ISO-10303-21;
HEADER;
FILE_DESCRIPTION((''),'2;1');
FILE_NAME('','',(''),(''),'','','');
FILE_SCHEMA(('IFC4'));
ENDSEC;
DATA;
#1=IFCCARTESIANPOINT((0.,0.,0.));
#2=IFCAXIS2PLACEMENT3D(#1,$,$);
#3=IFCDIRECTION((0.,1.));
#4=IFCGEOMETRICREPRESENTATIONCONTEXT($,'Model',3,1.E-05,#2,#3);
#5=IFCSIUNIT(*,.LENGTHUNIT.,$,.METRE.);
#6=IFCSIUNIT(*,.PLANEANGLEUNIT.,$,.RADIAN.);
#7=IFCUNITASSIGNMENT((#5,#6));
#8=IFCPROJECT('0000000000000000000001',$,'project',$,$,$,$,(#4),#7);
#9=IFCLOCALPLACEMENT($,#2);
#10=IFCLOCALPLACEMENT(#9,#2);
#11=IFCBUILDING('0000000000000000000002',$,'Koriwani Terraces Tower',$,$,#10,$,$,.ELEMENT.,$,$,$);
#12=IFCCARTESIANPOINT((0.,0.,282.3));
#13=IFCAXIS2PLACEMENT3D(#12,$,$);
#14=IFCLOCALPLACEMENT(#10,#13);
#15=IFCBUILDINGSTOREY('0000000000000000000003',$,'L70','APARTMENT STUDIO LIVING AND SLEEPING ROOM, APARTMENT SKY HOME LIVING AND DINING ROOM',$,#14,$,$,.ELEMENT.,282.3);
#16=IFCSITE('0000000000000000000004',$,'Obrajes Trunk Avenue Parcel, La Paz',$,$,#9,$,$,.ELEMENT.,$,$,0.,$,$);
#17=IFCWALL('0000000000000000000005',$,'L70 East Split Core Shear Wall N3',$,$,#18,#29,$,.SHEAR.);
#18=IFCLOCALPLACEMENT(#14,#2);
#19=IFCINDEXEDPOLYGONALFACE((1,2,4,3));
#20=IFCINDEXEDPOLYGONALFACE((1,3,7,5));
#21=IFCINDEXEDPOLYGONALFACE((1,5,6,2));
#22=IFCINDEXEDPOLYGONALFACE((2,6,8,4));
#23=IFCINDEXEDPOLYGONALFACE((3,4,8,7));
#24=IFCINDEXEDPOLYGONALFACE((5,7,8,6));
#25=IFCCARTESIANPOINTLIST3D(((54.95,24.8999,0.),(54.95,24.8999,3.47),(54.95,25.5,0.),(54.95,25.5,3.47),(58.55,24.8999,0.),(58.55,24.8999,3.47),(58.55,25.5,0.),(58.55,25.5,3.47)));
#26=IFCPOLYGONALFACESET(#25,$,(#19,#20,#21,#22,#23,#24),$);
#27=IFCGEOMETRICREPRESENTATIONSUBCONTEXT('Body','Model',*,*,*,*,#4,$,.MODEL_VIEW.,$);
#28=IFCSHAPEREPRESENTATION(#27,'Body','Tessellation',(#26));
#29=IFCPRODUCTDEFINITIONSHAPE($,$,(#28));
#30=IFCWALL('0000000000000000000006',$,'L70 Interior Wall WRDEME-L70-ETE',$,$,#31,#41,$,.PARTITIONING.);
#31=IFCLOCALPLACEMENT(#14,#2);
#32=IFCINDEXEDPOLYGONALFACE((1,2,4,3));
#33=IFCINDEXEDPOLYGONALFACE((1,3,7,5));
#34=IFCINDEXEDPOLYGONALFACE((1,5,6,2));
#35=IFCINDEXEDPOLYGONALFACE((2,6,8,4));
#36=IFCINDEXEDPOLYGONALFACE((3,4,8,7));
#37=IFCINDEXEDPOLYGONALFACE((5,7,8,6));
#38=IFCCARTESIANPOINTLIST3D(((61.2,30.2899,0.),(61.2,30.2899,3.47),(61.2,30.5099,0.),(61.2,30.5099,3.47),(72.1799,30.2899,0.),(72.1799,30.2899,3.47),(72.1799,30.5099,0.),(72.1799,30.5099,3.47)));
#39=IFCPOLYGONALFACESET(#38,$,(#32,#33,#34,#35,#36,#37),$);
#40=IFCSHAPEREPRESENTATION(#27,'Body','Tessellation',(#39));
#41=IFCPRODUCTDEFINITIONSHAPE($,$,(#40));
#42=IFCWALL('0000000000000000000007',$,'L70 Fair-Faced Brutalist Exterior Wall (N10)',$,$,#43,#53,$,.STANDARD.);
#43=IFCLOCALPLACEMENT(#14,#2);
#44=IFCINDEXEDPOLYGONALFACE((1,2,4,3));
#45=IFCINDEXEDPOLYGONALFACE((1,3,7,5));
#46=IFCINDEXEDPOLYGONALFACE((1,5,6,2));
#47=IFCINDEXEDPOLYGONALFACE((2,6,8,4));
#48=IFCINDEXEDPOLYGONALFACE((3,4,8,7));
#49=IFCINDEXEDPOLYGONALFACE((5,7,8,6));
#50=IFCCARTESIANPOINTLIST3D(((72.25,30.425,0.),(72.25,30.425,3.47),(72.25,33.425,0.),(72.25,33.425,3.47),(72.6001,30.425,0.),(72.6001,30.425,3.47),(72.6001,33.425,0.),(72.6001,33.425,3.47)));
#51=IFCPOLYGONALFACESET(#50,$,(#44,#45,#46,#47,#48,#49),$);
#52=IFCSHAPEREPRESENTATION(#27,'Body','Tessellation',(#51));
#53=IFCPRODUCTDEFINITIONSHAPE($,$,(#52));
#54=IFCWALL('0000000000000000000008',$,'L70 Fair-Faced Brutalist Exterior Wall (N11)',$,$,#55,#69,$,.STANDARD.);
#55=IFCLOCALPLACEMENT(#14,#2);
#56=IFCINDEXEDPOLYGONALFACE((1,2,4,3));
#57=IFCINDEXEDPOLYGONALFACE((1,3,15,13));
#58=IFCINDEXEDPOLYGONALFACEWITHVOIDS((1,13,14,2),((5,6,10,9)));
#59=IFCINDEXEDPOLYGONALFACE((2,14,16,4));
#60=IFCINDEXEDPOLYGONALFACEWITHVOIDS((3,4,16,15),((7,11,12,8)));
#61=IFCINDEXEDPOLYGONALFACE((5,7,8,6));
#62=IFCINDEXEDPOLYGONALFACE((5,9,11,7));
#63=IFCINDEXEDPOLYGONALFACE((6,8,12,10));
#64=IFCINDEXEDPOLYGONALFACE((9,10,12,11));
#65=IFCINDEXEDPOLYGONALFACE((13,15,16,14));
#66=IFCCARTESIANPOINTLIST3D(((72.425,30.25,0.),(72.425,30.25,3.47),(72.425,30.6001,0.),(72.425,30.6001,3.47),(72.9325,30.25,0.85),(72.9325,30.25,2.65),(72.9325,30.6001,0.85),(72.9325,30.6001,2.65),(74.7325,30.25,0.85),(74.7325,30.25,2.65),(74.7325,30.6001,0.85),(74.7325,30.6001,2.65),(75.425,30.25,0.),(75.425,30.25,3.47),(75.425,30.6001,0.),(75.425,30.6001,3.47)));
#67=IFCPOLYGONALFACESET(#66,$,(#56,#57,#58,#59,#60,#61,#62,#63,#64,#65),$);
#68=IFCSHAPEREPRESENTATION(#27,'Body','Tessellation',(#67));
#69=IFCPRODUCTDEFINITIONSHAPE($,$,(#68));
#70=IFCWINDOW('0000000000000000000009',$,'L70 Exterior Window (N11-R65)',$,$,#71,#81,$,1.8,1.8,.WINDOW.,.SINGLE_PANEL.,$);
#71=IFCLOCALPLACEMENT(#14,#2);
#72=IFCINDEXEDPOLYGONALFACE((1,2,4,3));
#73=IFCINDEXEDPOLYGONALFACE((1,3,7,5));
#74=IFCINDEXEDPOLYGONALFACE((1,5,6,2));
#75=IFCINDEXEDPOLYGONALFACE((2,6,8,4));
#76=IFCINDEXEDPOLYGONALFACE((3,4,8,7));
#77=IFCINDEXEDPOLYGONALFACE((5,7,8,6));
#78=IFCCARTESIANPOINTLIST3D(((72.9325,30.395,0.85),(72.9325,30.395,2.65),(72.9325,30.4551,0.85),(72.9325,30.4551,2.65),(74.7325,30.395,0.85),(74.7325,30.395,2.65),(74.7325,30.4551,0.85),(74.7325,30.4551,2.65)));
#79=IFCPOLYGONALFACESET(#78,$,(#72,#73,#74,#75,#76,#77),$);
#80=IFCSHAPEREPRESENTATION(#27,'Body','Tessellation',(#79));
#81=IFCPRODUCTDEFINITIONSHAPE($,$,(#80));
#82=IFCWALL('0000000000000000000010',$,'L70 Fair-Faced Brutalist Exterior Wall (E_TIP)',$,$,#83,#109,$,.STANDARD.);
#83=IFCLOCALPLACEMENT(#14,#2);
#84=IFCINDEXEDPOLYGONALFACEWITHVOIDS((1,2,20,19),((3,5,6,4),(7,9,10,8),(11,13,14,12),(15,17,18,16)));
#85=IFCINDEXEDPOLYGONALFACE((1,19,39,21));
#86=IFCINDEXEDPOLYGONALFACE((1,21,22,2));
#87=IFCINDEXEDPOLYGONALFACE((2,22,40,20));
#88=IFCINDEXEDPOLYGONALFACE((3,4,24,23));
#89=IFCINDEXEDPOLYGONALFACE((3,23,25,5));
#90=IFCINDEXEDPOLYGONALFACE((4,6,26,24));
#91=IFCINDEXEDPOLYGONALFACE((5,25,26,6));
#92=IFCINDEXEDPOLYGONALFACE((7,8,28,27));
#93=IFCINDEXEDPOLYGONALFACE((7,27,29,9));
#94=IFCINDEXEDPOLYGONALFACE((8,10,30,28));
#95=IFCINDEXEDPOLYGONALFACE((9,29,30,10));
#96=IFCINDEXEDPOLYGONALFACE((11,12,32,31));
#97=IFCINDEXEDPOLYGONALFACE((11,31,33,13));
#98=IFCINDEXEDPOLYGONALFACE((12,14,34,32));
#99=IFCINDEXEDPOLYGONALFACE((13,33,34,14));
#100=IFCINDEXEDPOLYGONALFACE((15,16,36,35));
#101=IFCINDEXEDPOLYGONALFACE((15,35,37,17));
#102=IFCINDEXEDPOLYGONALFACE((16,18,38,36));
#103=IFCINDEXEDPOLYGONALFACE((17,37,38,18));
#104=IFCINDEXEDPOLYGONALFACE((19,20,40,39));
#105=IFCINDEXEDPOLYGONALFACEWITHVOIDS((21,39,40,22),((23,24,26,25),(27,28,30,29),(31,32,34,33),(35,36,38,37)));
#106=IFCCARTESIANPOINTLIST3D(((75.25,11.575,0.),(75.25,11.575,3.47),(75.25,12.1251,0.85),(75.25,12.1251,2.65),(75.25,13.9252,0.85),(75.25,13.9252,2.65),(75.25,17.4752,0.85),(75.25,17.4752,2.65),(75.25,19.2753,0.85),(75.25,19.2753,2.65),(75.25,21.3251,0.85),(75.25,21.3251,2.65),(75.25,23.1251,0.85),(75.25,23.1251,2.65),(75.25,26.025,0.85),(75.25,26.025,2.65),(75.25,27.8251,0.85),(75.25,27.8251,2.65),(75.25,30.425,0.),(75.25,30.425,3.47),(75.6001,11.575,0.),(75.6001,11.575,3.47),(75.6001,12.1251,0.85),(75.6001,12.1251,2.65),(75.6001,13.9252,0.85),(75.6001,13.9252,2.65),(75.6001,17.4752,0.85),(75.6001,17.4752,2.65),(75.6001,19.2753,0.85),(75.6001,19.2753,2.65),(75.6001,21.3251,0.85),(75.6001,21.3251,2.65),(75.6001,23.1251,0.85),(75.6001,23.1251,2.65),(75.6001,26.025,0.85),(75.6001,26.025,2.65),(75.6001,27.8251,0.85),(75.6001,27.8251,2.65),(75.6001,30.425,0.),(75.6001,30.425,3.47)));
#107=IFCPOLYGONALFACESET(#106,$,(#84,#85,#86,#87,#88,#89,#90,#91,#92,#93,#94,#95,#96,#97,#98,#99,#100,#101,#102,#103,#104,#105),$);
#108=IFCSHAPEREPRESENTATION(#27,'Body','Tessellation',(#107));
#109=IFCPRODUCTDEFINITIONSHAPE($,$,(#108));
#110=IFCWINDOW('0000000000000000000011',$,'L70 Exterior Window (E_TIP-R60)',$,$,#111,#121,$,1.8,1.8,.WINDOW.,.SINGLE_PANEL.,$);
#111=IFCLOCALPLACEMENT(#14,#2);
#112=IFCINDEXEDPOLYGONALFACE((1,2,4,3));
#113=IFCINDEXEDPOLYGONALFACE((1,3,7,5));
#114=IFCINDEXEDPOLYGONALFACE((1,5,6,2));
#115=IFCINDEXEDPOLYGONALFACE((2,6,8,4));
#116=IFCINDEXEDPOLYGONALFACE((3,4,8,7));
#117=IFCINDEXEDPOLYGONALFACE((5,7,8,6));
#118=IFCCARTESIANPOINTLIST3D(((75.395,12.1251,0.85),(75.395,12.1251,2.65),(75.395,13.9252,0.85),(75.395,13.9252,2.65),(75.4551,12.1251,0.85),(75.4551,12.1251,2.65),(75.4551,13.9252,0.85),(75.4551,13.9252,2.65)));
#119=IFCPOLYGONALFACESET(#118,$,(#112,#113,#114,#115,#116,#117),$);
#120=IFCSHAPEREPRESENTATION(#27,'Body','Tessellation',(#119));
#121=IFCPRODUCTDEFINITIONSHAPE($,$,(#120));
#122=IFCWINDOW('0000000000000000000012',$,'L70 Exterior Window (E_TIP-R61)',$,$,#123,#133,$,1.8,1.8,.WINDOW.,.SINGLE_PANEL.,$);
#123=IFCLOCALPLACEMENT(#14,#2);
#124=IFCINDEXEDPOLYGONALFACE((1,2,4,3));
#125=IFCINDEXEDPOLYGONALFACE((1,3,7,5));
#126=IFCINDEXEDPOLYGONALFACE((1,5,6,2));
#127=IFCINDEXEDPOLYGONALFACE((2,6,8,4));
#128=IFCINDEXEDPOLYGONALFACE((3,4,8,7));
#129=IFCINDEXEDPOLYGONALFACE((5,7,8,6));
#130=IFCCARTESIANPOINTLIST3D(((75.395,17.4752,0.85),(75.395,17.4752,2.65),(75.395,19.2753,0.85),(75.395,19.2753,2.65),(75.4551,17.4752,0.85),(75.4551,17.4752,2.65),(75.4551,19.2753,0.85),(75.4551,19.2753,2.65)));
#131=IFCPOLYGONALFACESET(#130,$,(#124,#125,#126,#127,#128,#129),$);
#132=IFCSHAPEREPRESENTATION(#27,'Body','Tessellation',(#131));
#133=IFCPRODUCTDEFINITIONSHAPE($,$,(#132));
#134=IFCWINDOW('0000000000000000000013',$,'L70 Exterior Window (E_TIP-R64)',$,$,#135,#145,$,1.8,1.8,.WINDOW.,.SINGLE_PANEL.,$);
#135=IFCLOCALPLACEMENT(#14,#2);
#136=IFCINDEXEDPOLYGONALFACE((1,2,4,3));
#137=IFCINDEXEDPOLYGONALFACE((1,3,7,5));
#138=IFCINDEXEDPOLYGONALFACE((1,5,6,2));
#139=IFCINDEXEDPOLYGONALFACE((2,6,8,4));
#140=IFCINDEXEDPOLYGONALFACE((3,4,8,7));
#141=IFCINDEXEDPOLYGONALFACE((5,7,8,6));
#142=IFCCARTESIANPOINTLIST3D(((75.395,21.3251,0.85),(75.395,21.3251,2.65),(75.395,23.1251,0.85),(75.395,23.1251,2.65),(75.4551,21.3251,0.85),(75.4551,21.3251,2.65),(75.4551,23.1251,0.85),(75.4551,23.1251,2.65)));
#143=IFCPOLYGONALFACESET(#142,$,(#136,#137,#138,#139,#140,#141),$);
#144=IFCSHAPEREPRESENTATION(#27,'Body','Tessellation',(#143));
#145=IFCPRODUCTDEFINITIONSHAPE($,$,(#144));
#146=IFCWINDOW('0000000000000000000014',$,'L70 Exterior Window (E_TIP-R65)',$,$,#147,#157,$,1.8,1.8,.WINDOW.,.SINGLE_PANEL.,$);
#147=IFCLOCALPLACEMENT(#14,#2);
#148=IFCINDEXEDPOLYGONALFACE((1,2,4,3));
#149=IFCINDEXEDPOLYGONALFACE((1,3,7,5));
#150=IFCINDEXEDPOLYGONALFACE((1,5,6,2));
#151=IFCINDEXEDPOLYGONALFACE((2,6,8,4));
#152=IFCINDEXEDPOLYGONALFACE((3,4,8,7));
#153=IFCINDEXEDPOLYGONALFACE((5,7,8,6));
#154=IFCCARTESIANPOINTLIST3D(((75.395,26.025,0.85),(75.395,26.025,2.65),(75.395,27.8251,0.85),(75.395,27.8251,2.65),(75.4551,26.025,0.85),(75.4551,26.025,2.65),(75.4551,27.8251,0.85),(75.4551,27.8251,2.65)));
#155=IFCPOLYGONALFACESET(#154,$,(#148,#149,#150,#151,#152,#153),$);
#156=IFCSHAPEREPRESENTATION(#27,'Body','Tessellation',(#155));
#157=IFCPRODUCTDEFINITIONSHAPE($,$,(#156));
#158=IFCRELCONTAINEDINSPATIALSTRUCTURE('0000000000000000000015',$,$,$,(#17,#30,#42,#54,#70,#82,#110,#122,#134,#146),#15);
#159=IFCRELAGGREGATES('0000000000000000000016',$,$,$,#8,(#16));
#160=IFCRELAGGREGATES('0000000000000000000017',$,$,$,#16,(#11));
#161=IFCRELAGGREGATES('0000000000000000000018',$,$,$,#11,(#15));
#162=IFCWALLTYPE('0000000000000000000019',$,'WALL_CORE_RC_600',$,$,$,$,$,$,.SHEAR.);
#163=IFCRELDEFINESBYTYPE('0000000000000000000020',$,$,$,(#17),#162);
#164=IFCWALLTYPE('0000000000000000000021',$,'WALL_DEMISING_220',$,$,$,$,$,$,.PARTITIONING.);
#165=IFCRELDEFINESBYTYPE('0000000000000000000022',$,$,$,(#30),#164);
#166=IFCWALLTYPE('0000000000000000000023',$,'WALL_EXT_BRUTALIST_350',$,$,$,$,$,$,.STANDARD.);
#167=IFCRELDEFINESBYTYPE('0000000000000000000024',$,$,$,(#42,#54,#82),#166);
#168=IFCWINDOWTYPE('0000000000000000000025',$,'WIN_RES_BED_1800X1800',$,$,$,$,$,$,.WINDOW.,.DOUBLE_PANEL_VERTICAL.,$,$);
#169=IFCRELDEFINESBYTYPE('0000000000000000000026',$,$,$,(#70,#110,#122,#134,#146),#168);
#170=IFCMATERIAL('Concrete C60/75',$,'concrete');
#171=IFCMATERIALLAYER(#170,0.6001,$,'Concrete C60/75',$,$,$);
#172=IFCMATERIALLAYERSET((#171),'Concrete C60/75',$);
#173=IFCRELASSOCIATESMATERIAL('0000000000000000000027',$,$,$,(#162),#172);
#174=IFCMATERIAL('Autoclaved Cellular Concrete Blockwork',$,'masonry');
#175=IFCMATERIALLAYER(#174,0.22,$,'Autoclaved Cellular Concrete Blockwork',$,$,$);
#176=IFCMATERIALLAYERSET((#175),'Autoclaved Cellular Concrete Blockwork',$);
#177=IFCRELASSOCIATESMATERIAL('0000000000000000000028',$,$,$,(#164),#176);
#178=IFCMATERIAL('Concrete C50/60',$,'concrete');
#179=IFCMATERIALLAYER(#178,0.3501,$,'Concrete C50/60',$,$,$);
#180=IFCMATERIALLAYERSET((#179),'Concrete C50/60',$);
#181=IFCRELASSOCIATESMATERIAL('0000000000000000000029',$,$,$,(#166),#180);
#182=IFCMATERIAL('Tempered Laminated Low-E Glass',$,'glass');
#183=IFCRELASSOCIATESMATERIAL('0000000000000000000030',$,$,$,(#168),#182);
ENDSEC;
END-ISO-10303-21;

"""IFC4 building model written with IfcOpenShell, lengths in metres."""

from ifc_helpers import new_model, si_unit, direction, frame, frame_2d, origin, place, context, subcontext, project, spatial, rectangle, extrude, material, layer, layer_set, type_object, element, fill, save


model = new_model("IFC4")

# Units and contexts
model_context = context("Model", 3, precision=1e-05, world=origin(), true_north=direction((0.0, 1.0)))
body_context = subcontext(model_context, "Body", "Model", "MODEL_VIEW")
ifc_project = project(units=[si_unit("LENGTHUNIT", "METRE"), si_unit("PLANEANGLEUNIT", "RADIAN")], contexts=[model_context])

# Site, building, storey
site_placement = place(None, origin())
site = spatial("IfcSite", under=ifc_project, at=site_placement, Name="Obrajes Trunk Avenue Parcel, La Paz", CompositionType="ELEMENT", RefElevation=0.0)
building_placement = place(site_placement, origin())
building = spatial("IfcBuilding", under=site, at=building_placement, Name="Koriwani Terraces Tower", CompositionType="ELEMENT")
storey_placement = place(building_placement, frame((0.0, 0.0, 282.3)))
storey = spatial("IfcBuildingStorey", under=building, at=storey_placement, Name="L70", Description="APARTMENT STUDIO LIVING AND SLEEPING ROOM, APARTMENT SKY HOME LIVING AND DINING ROOM", CompositionType="ELEMENT", Elevation=282.3)

# Shared definitions
ifc_material_1 = material(Name="Concrete C50/60", Category="concrete")

# Walls
ifc_material_2 = material(Name="Concrete C60/75", Category="concrete")
ifc_layer_1 = layer(ifc_material_2, 0.6001, Name="Concrete C60/75")
ifc_layer_set_1 = layer_set([ifc_layer_1], Name="Concrete C60/75")
wall_type_1 = type_object("IfcWallType", Name="WALL_CORE_RC_600", PredefinedType="SHEAR", material=ifc_layer_set_1)
wall_1_placement = place(storey_placement, frame((54.95, 25.2, 0.0), z_axis=(0.0, 0.0, 1.0), x_axis=(1.0, 0.0, 0.0)))
element("IfcWall", 1, at=wall_1_placement, inside=storey, type_object=wall_type_1, Name="L70 East Split Core Shear Wall N3", PredefinedType="SHEAR", context=body_context, shape_type="SweptSolid", body=[
    extrude(rectangle(XDim=3.6001, YDim=0.6001, at=frame_2d((1.8, 0.0))), origin(), (0.0, 0.0, 1.0), 3.47),
])
ifc_material_3 = material(Name="Autoclaved Cellular Concrete Blockwork", Category="masonry")
ifc_layer_2 = layer(ifc_material_3, 0.22, Name="Autoclaved Cellular Concrete Blockwork")
ifc_layer_set_2 = layer_set([ifc_layer_2], Name="Autoclaved Cellular Concrete Blockwork")
wall_type_2 = type_object("IfcWallType", Name="WALL_DEMISING_220", PredefinedType="PARTITIONING", material=ifc_layer_set_2)
wall_2_placement = place(storey_placement, frame((61.2, 30.3999, 0.0), z_axis=(0.0, 0.0, 1.0), x_axis=(1.0, 0.0, 0.0)))
element("IfcWall", 2, at=wall_2_placement, inside=storey, type_object=wall_type_2, Name="L70 Interior Wall WRDEME-L70-ETE", PredefinedType="PARTITIONING", context=body_context, shape_type="SweptSolid", body=[
    extrude(rectangle(XDim=10.98, YDim=0.22, at=frame_2d((5.49, 0.0))), origin(), (0.0, 0.0, 1.0), 3.47),
])
ifc_layer_3 = layer(ifc_material_1, 0.3501, Name="Concrete C50/60")
ifc_layer_set_3 = layer_set([ifc_layer_3], Name="Concrete C50/60")
wall_type_3 = type_object("IfcWallType", Name="WALL_EXT_BRUTALIST_350", PredefinedType="STANDARD", material=ifc_layer_set_3)
wall_3_placement = place(storey_placement, frame((72.425, 33.425, 0.0), z_axis=(0.0, 0.0, 1.0), x_axis=(0.0, -1.0, 0.0)))
element("IfcWall", 3, at=wall_3_placement, inside=storey, type_object=wall_type_3, Name="L70 Fair-Faced Brutalist Exterior Wall (N10)", PredefinedType="STANDARD", context=body_context, shape_type="SweptSolid", body=[
    extrude(rectangle(XDim=3.0, YDim=0.3501, at=frame_2d((1.5, 0.0))), origin(), (0.0, 0.0, 1.0), 3.47),
])

# Wall, opening, window
wall_4_placement = place(storey_placement, frame((72.425, 30.425, 0.0), z_axis=(0.0, 0.0, 1.0), x_axis=(1.0, 0.0, 0.0)))
wall_4 = element("IfcWall", 4, at=wall_4_placement, inside=storey, type_object=wall_type_3, Name="L70 Fair-Faced Brutalist Exterior Wall (N11)", PredefinedType="STANDARD", context=body_context, shape_type="SweptSolid", body=[
    extrude(rectangle(XDim=3.0, YDim=0.3501, at=frame_2d((1.5, 0.0))), origin(), (0.0, 0.0, 1.0), 3.47),
])
opening_1_placement = place(wall_4_placement, frame((0.5076, 0.0, 0.8501)))
opening_1 = element("IfcOpeningElement", 5, at=opening_1_placement, cuts=wall_4, PredefinedType="OPENING", context=body_context, shape_type="SweptSolid", body=[
    extrude(rectangle(XDim=1.8, YDim=1.8, at=frame_2d((0.8999, 0.8999))), frame((0.0, 0.1851, 0.0), z_axis=(0.0, -1.0, 0.0), x_axis=(1.0, 0.0, 0.0)), (0.0, 0.0, 1.0), 0.3701),
])
ifc_material_4 = material(Name="Tempered Laminated Low-E Glass", Category="glass")
window_type = type_object("IfcWindowType", Name="WIN_RES_BED_1800X1800", PartitioningType="DOUBLE_PANEL_VERTICAL", PredefinedType="WINDOW", material=ifc_material_4)
window_1_placement = place(opening_1_placement, origin())
window_1 = element("IfcWindow", 6, at=window_1_placement, inside=storey, type_object=window_type, Name="L70 Exterior Window (N11-R65)", OverallHeight=1.8, OverallWidth=1.8, PartitioningType="SINGLE_PANEL", PredefinedType="WINDOW", context=body_context, shape_type="SweptSolid", body=[
    extrude(rectangle(XDim=1.8, YDim=1.8, at=frame_2d((0.8999, 0.8999))), frame((0.0, 0.03, 0.0), z_axis=(0.0, -1.0, 0.0), x_axis=(1.0, 0.0, 0.0)), (0.0, 0.0, 1.0), 0.0601),
])
fill(opening_1, window_1)

# Wall, openings, windows
wall_5_placement = place(storey_placement, frame((75.425, 30.425, 0.0), z_axis=(0.0, 0.0, 1.0), x_axis=(0.0, -1.0, 0.0)))
wall_5 = element("IfcWall", 7, at=wall_5_placement, inside=storey, type_object=wall_type_3, Name="L70 Fair-Faced Brutalist Exterior Wall (E_TIP)", PredefinedType="STANDARD", context=body_context, shape_type="SweptSolid", body=[
    extrude(rectangle(XDim=18.8501, YDim=0.3501, at=frame_2d((9.425, 0.0))), origin(), (0.0, 0.0, 1.0), 3.47),
])
opening_2_placement = place(wall_5_placement, frame((16.5, 0.0, 0.8501)))
opening_2 = element("IfcOpeningElement", 8, at=opening_2_placement, cuts=wall_5, PredefinedType="OPENING", context=body_context, shape_type="SweptSolid", body=[
    extrude(rectangle(XDim=1.8, YDim=1.8, at=frame_2d((0.8999, 0.8999))), frame((0.0, 0.1851, 0.0), z_axis=(0.0, -1.0, 0.0), x_axis=(1.0, 0.0, 0.0)), (0.0, 0.0, 1.0), 0.3701),
])
opening_3_placement = place(wall_5_placement, frame((11.1499, 0.0, 0.8501)))
opening_3 = element("IfcOpeningElement", 9, at=opening_3_placement, cuts=wall_5, PredefinedType="OPENING", context=body_context, shape_type="SweptSolid", body=[
    extrude(rectangle(XDim=1.8, YDim=1.8, at=frame_2d((0.8999, 0.8999))), frame((0.0, 0.1851, 0.0), z_axis=(0.0, -1.0, 0.0), x_axis=(1.0, 0.0, 0.0)), (0.0, 0.0, 1.0), 0.3701),
])
opening_4_placement = place(wall_5_placement, frame((7.3, 0.0, 0.8501)))
opening_4 = element("IfcOpeningElement", 10, at=opening_4_placement, cuts=wall_5, PredefinedType="OPENING", context=body_context, shape_type="SweptSolid", body=[
    extrude(rectangle(XDim=1.8, YDim=1.8, at=frame_2d((0.8999, 0.8999))), frame((0.0, 0.1851, 0.0), z_axis=(0.0, -1.0, 0.0), x_axis=(1.0, 0.0, 0.0)), (0.0, 0.0, 1.0), 0.3701),
])
opening_5_placement = place(wall_5_placement, frame((2.6001, 0.0, 0.8501)))
opening_5 = element("IfcOpeningElement", 11, at=opening_5_placement, cuts=wall_5, PredefinedType="OPENING", context=body_context, shape_type="SweptSolid", body=[
    extrude(rectangle(XDim=1.8, YDim=1.8, at=frame_2d((0.8999, 0.8999))), frame((0.0, 0.1851, 0.0), z_axis=(0.0, -1.0, 0.0), x_axis=(1.0, 0.0, 0.0)), (0.0, 0.0, 1.0), 0.3701),
])
window_2_placement = place(opening_2_placement, origin())
window_2 = element("IfcWindow", 12, at=window_2_placement, inside=storey, type_object=window_type, Name="L70 Exterior Window (E_TIP-R60)", OverallHeight=1.8, OverallWidth=1.8, PartitioningType="SINGLE_PANEL", PredefinedType="WINDOW", context=body_context, shape_type="SweptSolid", body=[
    extrude(rectangle(XDim=1.8, YDim=1.8, at=frame_2d((0.8999, 0.8999))), frame((0.0, 0.03, 0.0), z_axis=(0.0, -1.0, 0.0), x_axis=(1.0, 0.0, 0.0)), (0.0, 0.0, 1.0), 0.0601),
])
fill(opening_2, window_2)
window_3_placement = place(opening_3_placement, origin())
window_3 = element("IfcWindow", 13, at=window_3_placement, inside=storey, type_object=window_type, Name="L70 Exterior Window (E_TIP-R61)", OverallHeight=1.8, OverallWidth=1.8, PartitioningType="SINGLE_PANEL", PredefinedType="WINDOW", context=body_context, shape_type="SweptSolid", body=[
    extrude(rectangle(XDim=1.8, YDim=1.8, at=frame_2d((0.8999, 0.8999))), frame((0.0, 0.03, 0.0), z_axis=(0.0, -1.0, 0.0), x_axis=(1.0, 0.0, 0.0)), (0.0, 0.0, 1.0), 0.0601),
])
fill(opening_3, window_3)
window_4_placement = place(opening_4_placement, origin())
window_4 = element("IfcWindow", 14, at=window_4_placement, inside=storey, type_object=window_type, Name="L70 Exterior Window (E_TIP-R64)", OverallHeight=1.8, OverallWidth=1.8, PartitioningType="SINGLE_PANEL", PredefinedType="WINDOW", context=body_context, shape_type="SweptSolid", body=[
    extrude(rectangle(XDim=1.8, YDim=1.8, at=frame_2d((0.8999, 0.8999))), frame((0.0, 0.03, 0.0), z_axis=(0.0, -1.0, 0.0), x_axis=(1.0, 0.0, 0.0)), (0.0, 0.0, 1.0), 0.0601),
])
fill(opening_4, window_4)
window_5_placement = place(opening_5_placement, origin())
window_5 = element("IfcWindow", 15, at=window_5_placement, inside=storey, type_object=window_type, Name="L70 Exterior Window (E_TIP-R65)", OverallHeight=1.8, OverallWidth=1.8, PartitioningType="SINGLE_PANEL", PredefinedType="WINDOW", context=body_context, shape_type="SweptSolid", body=[
    extrude(rectangle(XDim=1.8, YDim=1.8, at=frame_2d((0.8999, 0.8999))), frame((0.0, 0.03, 0.0), z_axis=(0.0, -1.0, 0.0), x_axis=(1.0, 0.0, 0.0)), (0.0, 0.0, 1.0), 0.0601),
])
fill(opening_5, window_5)

save(model, "model.ifc")
